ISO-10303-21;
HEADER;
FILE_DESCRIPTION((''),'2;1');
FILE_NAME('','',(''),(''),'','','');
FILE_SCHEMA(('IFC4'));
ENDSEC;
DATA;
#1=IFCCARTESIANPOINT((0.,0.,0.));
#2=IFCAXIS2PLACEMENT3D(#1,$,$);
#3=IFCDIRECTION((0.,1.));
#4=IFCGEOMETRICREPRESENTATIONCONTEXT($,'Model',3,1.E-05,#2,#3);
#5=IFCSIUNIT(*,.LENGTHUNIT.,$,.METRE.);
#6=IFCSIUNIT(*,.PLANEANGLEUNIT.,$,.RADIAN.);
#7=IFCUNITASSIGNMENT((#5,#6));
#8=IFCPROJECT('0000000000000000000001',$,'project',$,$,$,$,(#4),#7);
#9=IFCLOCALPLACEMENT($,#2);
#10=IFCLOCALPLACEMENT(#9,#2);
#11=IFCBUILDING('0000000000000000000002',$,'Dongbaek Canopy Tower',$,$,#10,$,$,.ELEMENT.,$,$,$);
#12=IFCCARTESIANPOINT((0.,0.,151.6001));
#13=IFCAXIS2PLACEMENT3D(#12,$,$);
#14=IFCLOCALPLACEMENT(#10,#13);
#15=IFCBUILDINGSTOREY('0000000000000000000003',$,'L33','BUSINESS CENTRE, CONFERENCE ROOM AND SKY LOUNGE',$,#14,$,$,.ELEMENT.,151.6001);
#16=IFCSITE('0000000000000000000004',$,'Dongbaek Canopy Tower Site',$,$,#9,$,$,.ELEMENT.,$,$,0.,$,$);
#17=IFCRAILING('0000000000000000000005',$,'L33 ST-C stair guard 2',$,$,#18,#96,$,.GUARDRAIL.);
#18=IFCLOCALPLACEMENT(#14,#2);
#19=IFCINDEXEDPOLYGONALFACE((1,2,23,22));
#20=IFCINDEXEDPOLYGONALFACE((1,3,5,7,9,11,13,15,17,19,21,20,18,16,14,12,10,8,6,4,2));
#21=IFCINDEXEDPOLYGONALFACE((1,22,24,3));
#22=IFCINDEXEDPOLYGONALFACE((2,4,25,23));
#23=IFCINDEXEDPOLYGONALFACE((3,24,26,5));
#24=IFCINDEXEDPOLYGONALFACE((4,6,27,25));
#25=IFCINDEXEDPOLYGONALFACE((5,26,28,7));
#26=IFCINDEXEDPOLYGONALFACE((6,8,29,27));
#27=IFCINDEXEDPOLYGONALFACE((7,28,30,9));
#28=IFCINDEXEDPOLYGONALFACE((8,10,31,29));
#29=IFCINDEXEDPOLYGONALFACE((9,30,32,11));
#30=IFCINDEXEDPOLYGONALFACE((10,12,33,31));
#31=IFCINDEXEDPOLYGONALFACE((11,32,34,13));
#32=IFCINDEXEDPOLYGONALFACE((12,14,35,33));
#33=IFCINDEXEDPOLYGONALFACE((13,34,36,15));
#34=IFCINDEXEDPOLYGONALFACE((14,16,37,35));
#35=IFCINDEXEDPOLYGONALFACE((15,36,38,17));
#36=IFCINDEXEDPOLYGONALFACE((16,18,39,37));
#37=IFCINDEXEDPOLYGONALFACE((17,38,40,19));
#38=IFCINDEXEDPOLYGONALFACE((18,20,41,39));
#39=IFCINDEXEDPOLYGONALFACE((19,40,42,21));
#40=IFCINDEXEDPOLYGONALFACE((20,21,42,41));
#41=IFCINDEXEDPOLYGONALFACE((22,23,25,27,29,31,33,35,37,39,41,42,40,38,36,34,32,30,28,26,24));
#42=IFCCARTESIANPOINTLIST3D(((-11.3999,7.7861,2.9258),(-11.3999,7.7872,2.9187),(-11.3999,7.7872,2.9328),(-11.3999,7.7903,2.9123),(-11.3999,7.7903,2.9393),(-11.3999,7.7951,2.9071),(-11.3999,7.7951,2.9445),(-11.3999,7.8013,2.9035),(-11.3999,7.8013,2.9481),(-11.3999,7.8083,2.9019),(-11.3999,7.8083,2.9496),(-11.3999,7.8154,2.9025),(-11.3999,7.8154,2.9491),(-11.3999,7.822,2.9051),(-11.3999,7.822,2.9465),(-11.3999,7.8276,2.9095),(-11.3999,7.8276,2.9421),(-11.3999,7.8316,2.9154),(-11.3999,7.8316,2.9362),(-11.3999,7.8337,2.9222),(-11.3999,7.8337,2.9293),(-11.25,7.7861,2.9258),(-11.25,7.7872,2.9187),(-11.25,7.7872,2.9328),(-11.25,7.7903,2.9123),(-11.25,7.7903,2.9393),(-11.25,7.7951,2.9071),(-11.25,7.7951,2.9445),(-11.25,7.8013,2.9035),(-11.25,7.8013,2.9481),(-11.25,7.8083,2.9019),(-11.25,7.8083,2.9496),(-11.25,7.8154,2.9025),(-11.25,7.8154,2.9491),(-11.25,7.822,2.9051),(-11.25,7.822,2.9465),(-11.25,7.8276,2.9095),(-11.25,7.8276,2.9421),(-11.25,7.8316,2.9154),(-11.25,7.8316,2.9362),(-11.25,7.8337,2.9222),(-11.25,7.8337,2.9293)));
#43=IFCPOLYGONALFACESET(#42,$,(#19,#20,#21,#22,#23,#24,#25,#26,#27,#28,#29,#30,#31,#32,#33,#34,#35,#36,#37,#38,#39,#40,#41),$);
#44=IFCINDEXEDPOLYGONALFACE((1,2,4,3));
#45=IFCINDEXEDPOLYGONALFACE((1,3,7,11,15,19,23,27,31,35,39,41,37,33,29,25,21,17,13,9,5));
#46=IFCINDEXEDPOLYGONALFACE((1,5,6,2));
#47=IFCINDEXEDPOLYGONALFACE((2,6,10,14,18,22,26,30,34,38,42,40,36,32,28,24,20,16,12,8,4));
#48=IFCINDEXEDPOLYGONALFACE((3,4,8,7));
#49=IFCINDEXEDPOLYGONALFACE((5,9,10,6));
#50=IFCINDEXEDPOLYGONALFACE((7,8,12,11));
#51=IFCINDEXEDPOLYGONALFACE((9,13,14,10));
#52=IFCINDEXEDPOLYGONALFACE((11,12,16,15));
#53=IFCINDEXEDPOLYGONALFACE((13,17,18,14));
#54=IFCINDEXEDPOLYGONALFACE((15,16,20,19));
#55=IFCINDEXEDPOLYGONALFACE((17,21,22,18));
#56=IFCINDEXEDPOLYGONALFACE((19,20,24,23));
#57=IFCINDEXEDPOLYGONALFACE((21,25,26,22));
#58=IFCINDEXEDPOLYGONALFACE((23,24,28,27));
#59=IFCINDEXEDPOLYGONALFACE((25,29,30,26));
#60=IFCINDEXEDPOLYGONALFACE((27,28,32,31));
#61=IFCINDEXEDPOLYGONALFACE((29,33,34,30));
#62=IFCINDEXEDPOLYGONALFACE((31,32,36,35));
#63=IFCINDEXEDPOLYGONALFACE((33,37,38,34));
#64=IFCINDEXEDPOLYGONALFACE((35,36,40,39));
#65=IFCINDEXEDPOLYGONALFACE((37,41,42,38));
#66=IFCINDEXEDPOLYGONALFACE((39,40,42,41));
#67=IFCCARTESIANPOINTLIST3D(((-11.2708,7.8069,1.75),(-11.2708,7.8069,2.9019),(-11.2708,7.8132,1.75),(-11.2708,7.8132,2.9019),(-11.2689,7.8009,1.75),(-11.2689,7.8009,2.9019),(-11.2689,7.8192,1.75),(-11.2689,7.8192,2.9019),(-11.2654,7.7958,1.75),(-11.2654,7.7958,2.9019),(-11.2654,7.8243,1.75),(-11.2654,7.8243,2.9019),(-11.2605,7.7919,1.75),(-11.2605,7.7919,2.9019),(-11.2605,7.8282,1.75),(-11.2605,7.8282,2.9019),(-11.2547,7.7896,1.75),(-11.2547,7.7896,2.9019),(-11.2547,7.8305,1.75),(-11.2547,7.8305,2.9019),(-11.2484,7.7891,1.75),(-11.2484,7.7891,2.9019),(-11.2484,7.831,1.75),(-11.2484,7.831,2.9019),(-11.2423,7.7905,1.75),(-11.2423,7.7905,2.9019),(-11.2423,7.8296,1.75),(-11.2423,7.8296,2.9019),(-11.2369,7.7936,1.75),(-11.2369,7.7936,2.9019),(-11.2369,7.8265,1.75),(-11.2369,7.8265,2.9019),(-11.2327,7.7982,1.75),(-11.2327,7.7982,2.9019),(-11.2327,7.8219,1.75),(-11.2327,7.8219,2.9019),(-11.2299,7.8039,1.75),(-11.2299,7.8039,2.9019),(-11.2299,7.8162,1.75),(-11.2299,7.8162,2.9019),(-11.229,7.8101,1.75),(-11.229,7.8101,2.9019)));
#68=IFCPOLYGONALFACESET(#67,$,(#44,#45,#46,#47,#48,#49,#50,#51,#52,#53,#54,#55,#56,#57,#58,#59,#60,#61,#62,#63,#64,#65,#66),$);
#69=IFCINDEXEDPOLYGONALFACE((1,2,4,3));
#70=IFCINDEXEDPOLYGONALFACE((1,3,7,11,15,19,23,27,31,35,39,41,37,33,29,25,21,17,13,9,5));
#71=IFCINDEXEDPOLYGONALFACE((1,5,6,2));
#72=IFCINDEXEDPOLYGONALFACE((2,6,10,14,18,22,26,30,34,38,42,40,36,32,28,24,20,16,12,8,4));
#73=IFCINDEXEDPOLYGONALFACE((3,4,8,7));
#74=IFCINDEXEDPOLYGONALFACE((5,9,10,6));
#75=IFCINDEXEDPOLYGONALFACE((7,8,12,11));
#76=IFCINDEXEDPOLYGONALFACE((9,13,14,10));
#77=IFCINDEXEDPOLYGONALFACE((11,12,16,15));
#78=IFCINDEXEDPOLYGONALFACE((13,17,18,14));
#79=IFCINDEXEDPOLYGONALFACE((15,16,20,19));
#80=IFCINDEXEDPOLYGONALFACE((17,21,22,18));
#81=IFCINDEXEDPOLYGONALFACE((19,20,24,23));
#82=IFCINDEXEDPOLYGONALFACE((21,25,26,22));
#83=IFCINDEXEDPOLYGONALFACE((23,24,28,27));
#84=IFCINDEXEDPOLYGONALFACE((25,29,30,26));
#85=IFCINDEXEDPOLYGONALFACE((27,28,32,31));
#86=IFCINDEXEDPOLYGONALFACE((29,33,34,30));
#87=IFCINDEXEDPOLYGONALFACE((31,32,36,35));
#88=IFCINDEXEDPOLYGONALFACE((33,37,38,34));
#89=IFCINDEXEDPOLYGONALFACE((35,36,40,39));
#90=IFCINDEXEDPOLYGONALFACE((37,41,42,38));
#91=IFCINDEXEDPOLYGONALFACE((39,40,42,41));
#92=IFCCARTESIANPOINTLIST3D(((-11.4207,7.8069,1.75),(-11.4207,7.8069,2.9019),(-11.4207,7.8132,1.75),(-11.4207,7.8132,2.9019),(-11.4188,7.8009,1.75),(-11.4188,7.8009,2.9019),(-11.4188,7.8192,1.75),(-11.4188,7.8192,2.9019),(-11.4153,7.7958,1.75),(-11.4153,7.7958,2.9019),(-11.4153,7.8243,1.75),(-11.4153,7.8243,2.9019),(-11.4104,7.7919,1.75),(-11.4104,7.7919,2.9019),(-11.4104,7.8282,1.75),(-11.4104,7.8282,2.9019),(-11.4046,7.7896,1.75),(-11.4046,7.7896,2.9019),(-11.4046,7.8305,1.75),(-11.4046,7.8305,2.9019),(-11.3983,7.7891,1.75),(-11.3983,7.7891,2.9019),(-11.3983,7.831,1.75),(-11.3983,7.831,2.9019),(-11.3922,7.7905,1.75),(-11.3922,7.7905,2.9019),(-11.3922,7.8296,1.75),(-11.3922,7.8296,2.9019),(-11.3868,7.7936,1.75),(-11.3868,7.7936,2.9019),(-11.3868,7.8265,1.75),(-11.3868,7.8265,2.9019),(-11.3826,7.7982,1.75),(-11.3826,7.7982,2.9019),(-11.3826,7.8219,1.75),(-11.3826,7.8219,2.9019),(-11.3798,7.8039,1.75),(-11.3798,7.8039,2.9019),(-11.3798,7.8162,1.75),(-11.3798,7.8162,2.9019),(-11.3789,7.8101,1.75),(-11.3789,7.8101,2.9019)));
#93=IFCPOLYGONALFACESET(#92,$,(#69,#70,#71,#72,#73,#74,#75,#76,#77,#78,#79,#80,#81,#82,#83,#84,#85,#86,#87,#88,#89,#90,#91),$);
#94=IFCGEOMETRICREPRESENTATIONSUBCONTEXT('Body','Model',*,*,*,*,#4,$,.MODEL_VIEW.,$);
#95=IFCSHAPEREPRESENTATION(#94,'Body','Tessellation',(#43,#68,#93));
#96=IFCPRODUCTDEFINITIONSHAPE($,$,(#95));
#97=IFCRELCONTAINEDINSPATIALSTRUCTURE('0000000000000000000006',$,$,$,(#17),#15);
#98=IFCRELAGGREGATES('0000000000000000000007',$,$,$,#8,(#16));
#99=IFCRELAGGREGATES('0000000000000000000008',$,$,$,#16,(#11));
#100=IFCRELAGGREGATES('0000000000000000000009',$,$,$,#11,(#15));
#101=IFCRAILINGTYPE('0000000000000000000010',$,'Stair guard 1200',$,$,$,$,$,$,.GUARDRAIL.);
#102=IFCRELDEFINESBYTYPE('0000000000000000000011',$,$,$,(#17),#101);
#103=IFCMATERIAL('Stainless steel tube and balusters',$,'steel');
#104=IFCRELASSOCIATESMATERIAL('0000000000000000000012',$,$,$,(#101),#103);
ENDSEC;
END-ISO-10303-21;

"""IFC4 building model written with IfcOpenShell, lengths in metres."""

from ifc_helpers import new_model, si_unit, direction, frame, origin, origin_2d, place, context, subcontext, project, spatial, circle, extrude, material, type_object, element, save


model = new_model("IFC4")

# Units and contexts
model_context = context("Model", 3, precision=1e-05, world=origin(), true_north=direction((0.0, 1.0)))
body_context = subcontext(model_context, "Body", "Model", "MODEL_VIEW")
ifc_project = project(units=[si_unit("LENGTHUNIT", "METRE"), si_unit("PLANEANGLEUNIT", "RADIAN")], contexts=[model_context])

# Site, building, storey
site_placement = place(None, origin())
site = spatial("IfcSite", under=ifc_project, at=site_placement, Name="Dongbaek Canopy Tower Site", CompositionType="ELEMENT", RefElevation=0.0)
building_placement = place(site_placement, origin())
building = spatial("IfcBuilding", under=site, at=building_placement, Name="Dongbaek Canopy Tower", CompositionType="ELEMENT")
storey_placement = place(building_placement, frame((0.0, 0.0, 151.6001)))
storey = spatial("IfcBuildingStorey", under=building, at=storey_placement, Name="L33", Description="BUSINESS CENTRE, CONFERENCE ROOM AND SKY LOUNGE", CompositionType="ELEMENT", Elevation=151.6001)

# Railing
ifc_material_1 = material(Name="Stainless steel tube and balusters", Category="steel")
railing_type_1 = type_object("IfcRailingType", Name="Stair guard 1200", PredefinedType="GUARDRAIL", material=ifc_material_1)
railing_1_placement = place(storey_placement, frame((-11.25, 7.8101, 1.75)))
element("IfcRailing", 1, at=railing_1_placement, inside=storey, type_object=railing_type_1, Name="L33 ST-C stair guard 2", PredefinedType="GUARDRAIL", context=body_context, shape_type="SweptSolid", body=[
    extrude(circle(Radius=0.0239, at=origin_2d()), frame((0.0, 0.0, 1.1758), z_axis=(-1.0, 0.0, 0.0), x_axis=(0.0, -1.0, 0.0)), (0.0, 0.0, 1.0), 0.1499),
    extrude(circle(Radius=0.021, at=origin_2d()), origin(), (0.0, 0.0, 1.0), 1.1519),
    extrude(circle(Radius=0.021, at=origin_2d()), frame((-0.1499, 0.0, 0.0)), (0.0, 0.0, 1.0), 1.1519),
])

save(model, "model.ifc")
